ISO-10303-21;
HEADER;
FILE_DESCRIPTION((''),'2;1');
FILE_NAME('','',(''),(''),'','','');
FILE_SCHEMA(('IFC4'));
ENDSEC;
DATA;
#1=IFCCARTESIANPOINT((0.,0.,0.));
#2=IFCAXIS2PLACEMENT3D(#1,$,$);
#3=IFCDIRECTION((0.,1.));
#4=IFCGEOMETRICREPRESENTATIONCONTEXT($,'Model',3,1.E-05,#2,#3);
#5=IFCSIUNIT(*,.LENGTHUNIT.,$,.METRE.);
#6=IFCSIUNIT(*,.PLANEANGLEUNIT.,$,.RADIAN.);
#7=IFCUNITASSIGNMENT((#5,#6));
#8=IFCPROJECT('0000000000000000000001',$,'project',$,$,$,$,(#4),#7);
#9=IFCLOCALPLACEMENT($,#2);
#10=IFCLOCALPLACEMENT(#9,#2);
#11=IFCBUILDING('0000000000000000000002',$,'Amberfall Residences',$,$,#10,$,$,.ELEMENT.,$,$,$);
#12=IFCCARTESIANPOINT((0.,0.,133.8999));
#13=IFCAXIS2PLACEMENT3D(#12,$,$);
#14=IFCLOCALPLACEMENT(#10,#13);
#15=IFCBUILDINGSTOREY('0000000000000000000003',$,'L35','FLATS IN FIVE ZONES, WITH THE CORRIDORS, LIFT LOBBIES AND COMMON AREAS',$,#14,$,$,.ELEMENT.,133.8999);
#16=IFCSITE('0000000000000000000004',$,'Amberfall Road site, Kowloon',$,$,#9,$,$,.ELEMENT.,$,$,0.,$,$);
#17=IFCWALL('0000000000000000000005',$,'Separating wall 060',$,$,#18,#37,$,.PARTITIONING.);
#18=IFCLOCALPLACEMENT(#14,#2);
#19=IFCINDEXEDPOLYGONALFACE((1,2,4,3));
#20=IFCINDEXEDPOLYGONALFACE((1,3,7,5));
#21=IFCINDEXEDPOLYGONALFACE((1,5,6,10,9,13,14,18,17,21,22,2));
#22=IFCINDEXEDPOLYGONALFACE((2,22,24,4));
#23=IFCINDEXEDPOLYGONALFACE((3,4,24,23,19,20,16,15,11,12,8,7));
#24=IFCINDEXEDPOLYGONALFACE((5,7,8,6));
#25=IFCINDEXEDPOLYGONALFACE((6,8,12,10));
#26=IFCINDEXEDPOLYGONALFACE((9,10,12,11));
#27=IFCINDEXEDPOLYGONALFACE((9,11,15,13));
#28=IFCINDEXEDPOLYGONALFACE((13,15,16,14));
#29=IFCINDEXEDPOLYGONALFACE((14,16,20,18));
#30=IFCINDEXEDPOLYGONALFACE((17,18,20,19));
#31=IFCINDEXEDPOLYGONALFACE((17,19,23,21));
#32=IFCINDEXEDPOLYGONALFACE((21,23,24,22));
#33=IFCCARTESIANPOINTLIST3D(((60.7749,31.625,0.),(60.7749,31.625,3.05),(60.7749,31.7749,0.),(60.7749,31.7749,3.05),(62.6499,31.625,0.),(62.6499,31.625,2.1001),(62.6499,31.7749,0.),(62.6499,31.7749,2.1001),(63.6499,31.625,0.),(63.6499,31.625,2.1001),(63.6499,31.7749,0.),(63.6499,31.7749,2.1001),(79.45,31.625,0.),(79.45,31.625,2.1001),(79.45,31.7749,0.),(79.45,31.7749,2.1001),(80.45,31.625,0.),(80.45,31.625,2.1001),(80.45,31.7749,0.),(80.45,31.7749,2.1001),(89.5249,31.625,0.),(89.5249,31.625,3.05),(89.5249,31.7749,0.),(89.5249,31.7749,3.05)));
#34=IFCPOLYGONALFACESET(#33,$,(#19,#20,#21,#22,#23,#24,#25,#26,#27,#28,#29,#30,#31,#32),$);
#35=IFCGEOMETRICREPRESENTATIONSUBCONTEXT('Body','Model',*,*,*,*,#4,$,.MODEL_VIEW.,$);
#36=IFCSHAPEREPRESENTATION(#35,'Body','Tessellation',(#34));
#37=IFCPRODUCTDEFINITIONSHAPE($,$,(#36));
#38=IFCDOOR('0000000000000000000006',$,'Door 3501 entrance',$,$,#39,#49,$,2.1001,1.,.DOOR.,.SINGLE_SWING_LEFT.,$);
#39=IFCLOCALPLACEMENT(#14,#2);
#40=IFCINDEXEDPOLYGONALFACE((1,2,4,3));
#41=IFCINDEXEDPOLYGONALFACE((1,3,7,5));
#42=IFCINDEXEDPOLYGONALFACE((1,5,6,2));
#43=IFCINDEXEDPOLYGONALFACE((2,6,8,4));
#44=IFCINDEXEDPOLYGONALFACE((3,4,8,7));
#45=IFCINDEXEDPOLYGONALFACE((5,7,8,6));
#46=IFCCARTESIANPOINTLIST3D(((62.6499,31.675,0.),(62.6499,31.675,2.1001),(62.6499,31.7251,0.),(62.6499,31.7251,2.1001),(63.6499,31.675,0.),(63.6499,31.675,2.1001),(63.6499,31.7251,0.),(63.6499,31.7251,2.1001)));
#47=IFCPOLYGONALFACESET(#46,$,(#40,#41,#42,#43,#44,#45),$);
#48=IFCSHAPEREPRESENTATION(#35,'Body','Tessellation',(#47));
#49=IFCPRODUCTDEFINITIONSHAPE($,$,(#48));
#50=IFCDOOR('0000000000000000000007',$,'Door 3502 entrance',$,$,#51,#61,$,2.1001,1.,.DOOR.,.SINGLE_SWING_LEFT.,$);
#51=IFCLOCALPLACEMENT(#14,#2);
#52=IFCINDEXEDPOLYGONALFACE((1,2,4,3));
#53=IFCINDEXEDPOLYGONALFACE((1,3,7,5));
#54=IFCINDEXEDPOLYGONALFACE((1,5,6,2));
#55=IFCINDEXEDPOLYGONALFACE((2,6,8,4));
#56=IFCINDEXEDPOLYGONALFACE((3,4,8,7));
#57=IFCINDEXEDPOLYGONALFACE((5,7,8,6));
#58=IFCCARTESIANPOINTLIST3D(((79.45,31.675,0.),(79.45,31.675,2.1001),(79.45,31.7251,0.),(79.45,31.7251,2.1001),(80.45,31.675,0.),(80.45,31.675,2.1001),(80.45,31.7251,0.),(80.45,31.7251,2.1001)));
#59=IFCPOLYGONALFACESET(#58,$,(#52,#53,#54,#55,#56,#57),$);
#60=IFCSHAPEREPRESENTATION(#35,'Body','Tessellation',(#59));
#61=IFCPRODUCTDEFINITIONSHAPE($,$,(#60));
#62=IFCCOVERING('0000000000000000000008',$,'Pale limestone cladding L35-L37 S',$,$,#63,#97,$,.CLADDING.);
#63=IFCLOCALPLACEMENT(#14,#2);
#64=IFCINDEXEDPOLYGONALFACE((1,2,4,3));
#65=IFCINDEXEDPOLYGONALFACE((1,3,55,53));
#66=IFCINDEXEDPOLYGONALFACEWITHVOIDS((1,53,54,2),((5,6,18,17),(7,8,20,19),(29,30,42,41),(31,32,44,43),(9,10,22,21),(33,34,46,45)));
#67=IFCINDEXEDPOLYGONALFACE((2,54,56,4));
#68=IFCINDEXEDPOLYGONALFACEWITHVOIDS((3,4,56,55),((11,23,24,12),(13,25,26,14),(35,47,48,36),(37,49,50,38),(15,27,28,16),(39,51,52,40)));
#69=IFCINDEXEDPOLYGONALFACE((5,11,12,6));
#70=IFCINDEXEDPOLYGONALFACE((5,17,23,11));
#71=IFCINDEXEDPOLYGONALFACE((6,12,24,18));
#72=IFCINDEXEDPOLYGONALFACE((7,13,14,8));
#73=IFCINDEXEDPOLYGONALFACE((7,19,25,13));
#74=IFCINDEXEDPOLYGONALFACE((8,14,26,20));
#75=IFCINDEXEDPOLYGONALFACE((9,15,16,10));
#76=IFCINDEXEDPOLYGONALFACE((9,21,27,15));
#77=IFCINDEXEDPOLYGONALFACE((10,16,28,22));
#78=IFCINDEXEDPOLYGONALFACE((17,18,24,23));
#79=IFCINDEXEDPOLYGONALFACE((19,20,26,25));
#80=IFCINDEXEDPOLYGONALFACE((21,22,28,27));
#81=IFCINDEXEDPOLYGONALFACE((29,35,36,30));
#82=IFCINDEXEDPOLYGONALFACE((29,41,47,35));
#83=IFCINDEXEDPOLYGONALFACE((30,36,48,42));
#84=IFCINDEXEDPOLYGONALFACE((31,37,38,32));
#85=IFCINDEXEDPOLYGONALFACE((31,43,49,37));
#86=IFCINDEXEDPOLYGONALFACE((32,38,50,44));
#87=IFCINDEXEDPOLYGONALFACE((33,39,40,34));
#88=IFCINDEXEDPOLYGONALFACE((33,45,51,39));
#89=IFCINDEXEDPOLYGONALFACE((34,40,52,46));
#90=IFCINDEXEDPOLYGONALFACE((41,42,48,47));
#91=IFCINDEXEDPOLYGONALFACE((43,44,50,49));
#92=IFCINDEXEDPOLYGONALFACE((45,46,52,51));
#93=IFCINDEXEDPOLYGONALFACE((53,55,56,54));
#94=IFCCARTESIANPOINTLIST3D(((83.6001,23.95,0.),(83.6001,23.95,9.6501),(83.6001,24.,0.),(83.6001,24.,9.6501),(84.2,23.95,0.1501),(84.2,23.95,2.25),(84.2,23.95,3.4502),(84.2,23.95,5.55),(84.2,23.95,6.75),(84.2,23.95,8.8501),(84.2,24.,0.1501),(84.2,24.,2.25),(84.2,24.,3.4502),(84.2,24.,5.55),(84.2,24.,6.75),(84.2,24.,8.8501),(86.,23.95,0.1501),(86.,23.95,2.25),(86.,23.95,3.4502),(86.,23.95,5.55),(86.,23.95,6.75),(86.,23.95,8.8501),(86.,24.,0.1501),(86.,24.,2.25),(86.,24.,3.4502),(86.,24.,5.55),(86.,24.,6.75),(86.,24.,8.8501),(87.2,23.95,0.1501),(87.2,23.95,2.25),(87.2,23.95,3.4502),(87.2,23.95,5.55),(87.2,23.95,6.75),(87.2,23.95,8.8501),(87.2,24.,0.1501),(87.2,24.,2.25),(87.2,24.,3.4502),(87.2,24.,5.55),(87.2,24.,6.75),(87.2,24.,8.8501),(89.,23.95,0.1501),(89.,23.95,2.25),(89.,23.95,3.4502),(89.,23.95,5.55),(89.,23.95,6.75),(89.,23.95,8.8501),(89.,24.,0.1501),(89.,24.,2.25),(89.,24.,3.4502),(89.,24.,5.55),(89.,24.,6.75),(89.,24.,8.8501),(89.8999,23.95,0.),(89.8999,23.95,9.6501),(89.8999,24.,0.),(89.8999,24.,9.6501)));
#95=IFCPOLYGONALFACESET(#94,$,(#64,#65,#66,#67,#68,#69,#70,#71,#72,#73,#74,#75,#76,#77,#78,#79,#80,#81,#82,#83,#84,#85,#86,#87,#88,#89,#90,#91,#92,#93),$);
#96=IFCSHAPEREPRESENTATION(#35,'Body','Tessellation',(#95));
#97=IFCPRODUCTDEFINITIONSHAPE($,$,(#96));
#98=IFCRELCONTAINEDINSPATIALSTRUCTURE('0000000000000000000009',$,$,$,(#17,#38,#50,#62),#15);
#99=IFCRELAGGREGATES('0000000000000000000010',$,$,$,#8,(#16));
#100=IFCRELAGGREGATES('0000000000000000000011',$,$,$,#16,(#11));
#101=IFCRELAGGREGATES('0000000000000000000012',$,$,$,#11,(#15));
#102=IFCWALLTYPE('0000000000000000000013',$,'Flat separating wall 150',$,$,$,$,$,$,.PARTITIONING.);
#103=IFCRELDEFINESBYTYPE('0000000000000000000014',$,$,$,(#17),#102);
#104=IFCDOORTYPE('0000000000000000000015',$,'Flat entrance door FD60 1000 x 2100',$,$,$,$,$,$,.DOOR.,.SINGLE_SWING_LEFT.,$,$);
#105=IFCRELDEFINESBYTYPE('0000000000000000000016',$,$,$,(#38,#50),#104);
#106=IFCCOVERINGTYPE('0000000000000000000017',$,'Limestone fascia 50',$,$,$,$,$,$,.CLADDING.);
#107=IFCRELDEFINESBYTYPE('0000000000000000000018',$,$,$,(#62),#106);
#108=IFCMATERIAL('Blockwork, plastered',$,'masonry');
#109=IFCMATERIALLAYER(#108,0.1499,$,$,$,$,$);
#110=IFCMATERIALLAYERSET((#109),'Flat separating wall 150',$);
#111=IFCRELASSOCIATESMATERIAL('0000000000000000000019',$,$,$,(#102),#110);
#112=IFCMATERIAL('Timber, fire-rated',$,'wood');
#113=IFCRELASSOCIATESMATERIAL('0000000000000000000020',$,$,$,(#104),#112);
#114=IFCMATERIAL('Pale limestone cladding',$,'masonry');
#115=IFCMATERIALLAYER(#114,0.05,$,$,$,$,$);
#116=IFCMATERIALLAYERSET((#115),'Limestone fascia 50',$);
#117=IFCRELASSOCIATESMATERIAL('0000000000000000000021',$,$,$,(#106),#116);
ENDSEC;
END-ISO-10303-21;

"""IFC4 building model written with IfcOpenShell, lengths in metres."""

from ifc_helpers import new_model, si_unit, direction, frame, frame_2d, origin, place, context, subcontext, project, spatial, polyline, rectangle, outline, extrude, material, layer, layer_set, type_object, element, fill, save


model = new_model("IFC4")

# Units and contexts
model_context = context("Model", 3, precision=1e-05, world=origin(), true_north=direction((0.0, 1.0)))
body_context = subcontext(model_context, "Body", "Model", "MODEL_VIEW")
ifc_project = project(units=[si_unit("LENGTHUNIT", "METRE"), si_unit("PLANEANGLEUNIT", "RADIAN")], contexts=[model_context])

# Site, building, storey
site_placement = place(None, origin())
site = spatial("IfcSite", under=ifc_project, at=site_placement, Name="Amberfall Road site, Kowloon", CompositionType="ELEMENT", RefElevation=0.0)
building_placement = place(site_placement, origin())
building = spatial("IfcBuilding", under=site, at=building_placement, Name="Amberfall Residences", CompositionType="ELEMENT")
storey_placement = place(building_placement, frame((0.0, 0.0, 133.8999)))
storey = spatial("IfcBuildingStorey", under=building, at=storey_placement, Name="L35", Description="FLATS IN FIVE ZONES, WITH THE CORRIDORS, LIFT LOBBIES AND COMMON AREAS", CompositionType="ELEMENT", Elevation=133.8999)

# Wall, openings, doors
ifc_material_1 = material(Name="Blockwork, plastered", Category="masonry")
ifc_layer_1 = layer(ifc_material_1, 0.1499)
ifc_layer_set_1 = layer_set([ifc_layer_1], Name="Flat separating wall 150")
wall_type_1 = type_object("IfcWallType", Name="Flat separating wall 150", PredefinedType="PARTITIONING", material=ifc_layer_set_1)
wall_1_placement = place(storey_placement, frame((89.5249, 31.7, 0.0), z_axis=(0.0, 0.0, 1.0), x_axis=(-1.0, 0.0, 0.0)))
wall_1 = element("IfcWall", 1, at=wall_1_placement, inside=storey, type_object=wall_type_1, Name="Separating wall 060", PredefinedType="PARTITIONING", context=body_context, shape_type="SweptSolid", body=[
    extrude(rectangle(XDim=28.75, YDim=0.1499, at=frame_2d((14.375, 0.0))), origin(), (0.0, 0.0, 1.0), 3.05),
])
opening_1_placement = place(wall_1_placement, frame((25.875, 0.0, 0.0)))
opening_1 = element("IfcOpeningElement", 2, at=opening_1_placement, cuts=wall_1, PredefinedType="OPENING", context=body_context, shape_type="SweptSolid", body=[
    extrude(rectangle(XDim=1.0, YDim=2.1001, at=frame_2d((0.5, 1.05))), frame((0.0, 0.085, 0.0), z_axis=(0.0, -1.0, 0.0), x_axis=(1.0, 0.0, 0.0)), (0.0, 0.0, 1.0), 0.1699),
])
opening_2_placement = place(wall_1_placement, frame((9.075, 0.0, 0.0)))
opening_2 = element("IfcOpeningElement", 3, at=opening_2_placement, cuts=wall_1, PredefinedType="OPENING", context=body_context, shape_type="SweptSolid", body=[
    extrude(rectangle(XDim=1.0, YDim=2.1001, at=frame_2d((0.5, 1.05))), frame((0.0, 0.085, 0.0), z_axis=(0.0, -1.0, 0.0), x_axis=(1.0, 0.0, 0.0)), (0.0, 0.0, 1.0), 0.1699),
])
ifc_material_2 = material(Name="Timber, fire-rated", Category="wood")
door_type_1 = type_object("IfcDoorType", Name="Flat entrance door FD60 1000 x 2100", OperationType="SINGLE_SWING_LEFT", PredefinedType="DOOR", material=ifc_material_2)
door_1_placement = place(opening_1_placement, origin())
door_1 = element("IfcDoor", 4, at=door_1_placement, inside=storey, type_object=door_type_1, Name="Door 3501 entrance", OperationType="SINGLE_SWING_LEFT", OverallHeight=2.1001, OverallWidth=1.0, PredefinedType="DOOR", context=body_context, shape_type="SweptSolid", body=[
    extrude(rectangle(XDim=1.0, YDim=2.1001, at=frame_2d((0.5, 1.05))), frame((0.0, 0.0249, 0.0), z_axis=(0.0, -1.0, 0.0), x_axis=(1.0, 0.0, 0.0)), (0.0, 0.0, 1.0), 0.05),
])
fill(opening_1, door_1)
door_2_placement = place(opening_2_placement, origin())
door_2 = element("IfcDoor", 5, at=door_2_placement, inside=storey, type_object=door_type_1, Name="Door 3502 entrance", OperationType="SINGLE_SWING_LEFT", OverallHeight=2.1001, OverallWidth=1.0, PredefinedType="DOOR", context=body_context, shape_type="SweptSolid", body=[
    extrude(rectangle(XDim=1.0, YDim=2.1001, at=frame_2d((0.5, 1.05))), frame((0.0, 0.0249, 0.0), z_axis=(0.0, -1.0, 0.0), x_axis=(1.0, 0.0, 0.0)), (0.0, 0.0, 1.0), 0.05),
])
fill(opening_2, door_2)

# Covering
ifc_material_3 = material(Name="Pale limestone cladding", Category="masonry")
ifc_layer_2 = layer(ifc_material_3, 0.05)
ifc_layer_set_2 = layer_set([ifc_layer_2], Name="Limestone fascia 50")
covering_type = type_object("IfcCoveringType", Name="Limestone fascia 50", PredefinedType="CLADDING", material=ifc_layer_set_2)
covering_placement = place(storey_placement, frame((83.6001, 24.0, 9.6501), z_axis=(0.0, 1.0, 0.0), x_axis=(1.0, 0.0, 0.0)))
element("IfcCovering", 6, at=covering_placement, inside=storey, type_object=covering_type, Name="Pale limestone cladding L35-L37 S", PredefinedType="CLADDING", context=body_context, shape_type="SweptSolid", body=[
    extrude(outline(polyline([(0.0, 0.0), (6.2998, 0.0), (6.2998, 9.6501), (0.0, 9.6501), (0.0, 0.0)]), holes=[polyline([(0.5999, 7.4001), (2.3999, 7.4001), (2.3999, 9.5), (0.5999, 9.5), (0.5999, 7.4001)]), polyline([(3.5999, 7.4001), (5.3999, 7.4001), (5.3999, 9.5), (3.5999, 9.5), (3.5999, 7.4001)]), polyline([(0.5999, 4.1001), (2.3999, 4.1001), (2.3999, 6.2), (0.5999, 6.2), (0.5999, 4.1001)]), polyline([(3.5999, 4.1001), (5.3999, 4.1001), (5.3999, 6.2), (3.5999, 6.2), (3.5999, 4.1001)]), polyline([(0.5999, 0.8), (2.3999, 0.8), (2.3999, 2.9001), (0.5999, 2.9001), (0.5999, 0.8)]), polyline([(3.5999, 0.8), (5.3999, 0.8), (5.3999, 2.9001), (3.5999, 2.9001), (3.5999, 0.8)])]), origin(), (0.0, 0.0, -1.0), 0.05),
])

save(model, "model.ifc")
